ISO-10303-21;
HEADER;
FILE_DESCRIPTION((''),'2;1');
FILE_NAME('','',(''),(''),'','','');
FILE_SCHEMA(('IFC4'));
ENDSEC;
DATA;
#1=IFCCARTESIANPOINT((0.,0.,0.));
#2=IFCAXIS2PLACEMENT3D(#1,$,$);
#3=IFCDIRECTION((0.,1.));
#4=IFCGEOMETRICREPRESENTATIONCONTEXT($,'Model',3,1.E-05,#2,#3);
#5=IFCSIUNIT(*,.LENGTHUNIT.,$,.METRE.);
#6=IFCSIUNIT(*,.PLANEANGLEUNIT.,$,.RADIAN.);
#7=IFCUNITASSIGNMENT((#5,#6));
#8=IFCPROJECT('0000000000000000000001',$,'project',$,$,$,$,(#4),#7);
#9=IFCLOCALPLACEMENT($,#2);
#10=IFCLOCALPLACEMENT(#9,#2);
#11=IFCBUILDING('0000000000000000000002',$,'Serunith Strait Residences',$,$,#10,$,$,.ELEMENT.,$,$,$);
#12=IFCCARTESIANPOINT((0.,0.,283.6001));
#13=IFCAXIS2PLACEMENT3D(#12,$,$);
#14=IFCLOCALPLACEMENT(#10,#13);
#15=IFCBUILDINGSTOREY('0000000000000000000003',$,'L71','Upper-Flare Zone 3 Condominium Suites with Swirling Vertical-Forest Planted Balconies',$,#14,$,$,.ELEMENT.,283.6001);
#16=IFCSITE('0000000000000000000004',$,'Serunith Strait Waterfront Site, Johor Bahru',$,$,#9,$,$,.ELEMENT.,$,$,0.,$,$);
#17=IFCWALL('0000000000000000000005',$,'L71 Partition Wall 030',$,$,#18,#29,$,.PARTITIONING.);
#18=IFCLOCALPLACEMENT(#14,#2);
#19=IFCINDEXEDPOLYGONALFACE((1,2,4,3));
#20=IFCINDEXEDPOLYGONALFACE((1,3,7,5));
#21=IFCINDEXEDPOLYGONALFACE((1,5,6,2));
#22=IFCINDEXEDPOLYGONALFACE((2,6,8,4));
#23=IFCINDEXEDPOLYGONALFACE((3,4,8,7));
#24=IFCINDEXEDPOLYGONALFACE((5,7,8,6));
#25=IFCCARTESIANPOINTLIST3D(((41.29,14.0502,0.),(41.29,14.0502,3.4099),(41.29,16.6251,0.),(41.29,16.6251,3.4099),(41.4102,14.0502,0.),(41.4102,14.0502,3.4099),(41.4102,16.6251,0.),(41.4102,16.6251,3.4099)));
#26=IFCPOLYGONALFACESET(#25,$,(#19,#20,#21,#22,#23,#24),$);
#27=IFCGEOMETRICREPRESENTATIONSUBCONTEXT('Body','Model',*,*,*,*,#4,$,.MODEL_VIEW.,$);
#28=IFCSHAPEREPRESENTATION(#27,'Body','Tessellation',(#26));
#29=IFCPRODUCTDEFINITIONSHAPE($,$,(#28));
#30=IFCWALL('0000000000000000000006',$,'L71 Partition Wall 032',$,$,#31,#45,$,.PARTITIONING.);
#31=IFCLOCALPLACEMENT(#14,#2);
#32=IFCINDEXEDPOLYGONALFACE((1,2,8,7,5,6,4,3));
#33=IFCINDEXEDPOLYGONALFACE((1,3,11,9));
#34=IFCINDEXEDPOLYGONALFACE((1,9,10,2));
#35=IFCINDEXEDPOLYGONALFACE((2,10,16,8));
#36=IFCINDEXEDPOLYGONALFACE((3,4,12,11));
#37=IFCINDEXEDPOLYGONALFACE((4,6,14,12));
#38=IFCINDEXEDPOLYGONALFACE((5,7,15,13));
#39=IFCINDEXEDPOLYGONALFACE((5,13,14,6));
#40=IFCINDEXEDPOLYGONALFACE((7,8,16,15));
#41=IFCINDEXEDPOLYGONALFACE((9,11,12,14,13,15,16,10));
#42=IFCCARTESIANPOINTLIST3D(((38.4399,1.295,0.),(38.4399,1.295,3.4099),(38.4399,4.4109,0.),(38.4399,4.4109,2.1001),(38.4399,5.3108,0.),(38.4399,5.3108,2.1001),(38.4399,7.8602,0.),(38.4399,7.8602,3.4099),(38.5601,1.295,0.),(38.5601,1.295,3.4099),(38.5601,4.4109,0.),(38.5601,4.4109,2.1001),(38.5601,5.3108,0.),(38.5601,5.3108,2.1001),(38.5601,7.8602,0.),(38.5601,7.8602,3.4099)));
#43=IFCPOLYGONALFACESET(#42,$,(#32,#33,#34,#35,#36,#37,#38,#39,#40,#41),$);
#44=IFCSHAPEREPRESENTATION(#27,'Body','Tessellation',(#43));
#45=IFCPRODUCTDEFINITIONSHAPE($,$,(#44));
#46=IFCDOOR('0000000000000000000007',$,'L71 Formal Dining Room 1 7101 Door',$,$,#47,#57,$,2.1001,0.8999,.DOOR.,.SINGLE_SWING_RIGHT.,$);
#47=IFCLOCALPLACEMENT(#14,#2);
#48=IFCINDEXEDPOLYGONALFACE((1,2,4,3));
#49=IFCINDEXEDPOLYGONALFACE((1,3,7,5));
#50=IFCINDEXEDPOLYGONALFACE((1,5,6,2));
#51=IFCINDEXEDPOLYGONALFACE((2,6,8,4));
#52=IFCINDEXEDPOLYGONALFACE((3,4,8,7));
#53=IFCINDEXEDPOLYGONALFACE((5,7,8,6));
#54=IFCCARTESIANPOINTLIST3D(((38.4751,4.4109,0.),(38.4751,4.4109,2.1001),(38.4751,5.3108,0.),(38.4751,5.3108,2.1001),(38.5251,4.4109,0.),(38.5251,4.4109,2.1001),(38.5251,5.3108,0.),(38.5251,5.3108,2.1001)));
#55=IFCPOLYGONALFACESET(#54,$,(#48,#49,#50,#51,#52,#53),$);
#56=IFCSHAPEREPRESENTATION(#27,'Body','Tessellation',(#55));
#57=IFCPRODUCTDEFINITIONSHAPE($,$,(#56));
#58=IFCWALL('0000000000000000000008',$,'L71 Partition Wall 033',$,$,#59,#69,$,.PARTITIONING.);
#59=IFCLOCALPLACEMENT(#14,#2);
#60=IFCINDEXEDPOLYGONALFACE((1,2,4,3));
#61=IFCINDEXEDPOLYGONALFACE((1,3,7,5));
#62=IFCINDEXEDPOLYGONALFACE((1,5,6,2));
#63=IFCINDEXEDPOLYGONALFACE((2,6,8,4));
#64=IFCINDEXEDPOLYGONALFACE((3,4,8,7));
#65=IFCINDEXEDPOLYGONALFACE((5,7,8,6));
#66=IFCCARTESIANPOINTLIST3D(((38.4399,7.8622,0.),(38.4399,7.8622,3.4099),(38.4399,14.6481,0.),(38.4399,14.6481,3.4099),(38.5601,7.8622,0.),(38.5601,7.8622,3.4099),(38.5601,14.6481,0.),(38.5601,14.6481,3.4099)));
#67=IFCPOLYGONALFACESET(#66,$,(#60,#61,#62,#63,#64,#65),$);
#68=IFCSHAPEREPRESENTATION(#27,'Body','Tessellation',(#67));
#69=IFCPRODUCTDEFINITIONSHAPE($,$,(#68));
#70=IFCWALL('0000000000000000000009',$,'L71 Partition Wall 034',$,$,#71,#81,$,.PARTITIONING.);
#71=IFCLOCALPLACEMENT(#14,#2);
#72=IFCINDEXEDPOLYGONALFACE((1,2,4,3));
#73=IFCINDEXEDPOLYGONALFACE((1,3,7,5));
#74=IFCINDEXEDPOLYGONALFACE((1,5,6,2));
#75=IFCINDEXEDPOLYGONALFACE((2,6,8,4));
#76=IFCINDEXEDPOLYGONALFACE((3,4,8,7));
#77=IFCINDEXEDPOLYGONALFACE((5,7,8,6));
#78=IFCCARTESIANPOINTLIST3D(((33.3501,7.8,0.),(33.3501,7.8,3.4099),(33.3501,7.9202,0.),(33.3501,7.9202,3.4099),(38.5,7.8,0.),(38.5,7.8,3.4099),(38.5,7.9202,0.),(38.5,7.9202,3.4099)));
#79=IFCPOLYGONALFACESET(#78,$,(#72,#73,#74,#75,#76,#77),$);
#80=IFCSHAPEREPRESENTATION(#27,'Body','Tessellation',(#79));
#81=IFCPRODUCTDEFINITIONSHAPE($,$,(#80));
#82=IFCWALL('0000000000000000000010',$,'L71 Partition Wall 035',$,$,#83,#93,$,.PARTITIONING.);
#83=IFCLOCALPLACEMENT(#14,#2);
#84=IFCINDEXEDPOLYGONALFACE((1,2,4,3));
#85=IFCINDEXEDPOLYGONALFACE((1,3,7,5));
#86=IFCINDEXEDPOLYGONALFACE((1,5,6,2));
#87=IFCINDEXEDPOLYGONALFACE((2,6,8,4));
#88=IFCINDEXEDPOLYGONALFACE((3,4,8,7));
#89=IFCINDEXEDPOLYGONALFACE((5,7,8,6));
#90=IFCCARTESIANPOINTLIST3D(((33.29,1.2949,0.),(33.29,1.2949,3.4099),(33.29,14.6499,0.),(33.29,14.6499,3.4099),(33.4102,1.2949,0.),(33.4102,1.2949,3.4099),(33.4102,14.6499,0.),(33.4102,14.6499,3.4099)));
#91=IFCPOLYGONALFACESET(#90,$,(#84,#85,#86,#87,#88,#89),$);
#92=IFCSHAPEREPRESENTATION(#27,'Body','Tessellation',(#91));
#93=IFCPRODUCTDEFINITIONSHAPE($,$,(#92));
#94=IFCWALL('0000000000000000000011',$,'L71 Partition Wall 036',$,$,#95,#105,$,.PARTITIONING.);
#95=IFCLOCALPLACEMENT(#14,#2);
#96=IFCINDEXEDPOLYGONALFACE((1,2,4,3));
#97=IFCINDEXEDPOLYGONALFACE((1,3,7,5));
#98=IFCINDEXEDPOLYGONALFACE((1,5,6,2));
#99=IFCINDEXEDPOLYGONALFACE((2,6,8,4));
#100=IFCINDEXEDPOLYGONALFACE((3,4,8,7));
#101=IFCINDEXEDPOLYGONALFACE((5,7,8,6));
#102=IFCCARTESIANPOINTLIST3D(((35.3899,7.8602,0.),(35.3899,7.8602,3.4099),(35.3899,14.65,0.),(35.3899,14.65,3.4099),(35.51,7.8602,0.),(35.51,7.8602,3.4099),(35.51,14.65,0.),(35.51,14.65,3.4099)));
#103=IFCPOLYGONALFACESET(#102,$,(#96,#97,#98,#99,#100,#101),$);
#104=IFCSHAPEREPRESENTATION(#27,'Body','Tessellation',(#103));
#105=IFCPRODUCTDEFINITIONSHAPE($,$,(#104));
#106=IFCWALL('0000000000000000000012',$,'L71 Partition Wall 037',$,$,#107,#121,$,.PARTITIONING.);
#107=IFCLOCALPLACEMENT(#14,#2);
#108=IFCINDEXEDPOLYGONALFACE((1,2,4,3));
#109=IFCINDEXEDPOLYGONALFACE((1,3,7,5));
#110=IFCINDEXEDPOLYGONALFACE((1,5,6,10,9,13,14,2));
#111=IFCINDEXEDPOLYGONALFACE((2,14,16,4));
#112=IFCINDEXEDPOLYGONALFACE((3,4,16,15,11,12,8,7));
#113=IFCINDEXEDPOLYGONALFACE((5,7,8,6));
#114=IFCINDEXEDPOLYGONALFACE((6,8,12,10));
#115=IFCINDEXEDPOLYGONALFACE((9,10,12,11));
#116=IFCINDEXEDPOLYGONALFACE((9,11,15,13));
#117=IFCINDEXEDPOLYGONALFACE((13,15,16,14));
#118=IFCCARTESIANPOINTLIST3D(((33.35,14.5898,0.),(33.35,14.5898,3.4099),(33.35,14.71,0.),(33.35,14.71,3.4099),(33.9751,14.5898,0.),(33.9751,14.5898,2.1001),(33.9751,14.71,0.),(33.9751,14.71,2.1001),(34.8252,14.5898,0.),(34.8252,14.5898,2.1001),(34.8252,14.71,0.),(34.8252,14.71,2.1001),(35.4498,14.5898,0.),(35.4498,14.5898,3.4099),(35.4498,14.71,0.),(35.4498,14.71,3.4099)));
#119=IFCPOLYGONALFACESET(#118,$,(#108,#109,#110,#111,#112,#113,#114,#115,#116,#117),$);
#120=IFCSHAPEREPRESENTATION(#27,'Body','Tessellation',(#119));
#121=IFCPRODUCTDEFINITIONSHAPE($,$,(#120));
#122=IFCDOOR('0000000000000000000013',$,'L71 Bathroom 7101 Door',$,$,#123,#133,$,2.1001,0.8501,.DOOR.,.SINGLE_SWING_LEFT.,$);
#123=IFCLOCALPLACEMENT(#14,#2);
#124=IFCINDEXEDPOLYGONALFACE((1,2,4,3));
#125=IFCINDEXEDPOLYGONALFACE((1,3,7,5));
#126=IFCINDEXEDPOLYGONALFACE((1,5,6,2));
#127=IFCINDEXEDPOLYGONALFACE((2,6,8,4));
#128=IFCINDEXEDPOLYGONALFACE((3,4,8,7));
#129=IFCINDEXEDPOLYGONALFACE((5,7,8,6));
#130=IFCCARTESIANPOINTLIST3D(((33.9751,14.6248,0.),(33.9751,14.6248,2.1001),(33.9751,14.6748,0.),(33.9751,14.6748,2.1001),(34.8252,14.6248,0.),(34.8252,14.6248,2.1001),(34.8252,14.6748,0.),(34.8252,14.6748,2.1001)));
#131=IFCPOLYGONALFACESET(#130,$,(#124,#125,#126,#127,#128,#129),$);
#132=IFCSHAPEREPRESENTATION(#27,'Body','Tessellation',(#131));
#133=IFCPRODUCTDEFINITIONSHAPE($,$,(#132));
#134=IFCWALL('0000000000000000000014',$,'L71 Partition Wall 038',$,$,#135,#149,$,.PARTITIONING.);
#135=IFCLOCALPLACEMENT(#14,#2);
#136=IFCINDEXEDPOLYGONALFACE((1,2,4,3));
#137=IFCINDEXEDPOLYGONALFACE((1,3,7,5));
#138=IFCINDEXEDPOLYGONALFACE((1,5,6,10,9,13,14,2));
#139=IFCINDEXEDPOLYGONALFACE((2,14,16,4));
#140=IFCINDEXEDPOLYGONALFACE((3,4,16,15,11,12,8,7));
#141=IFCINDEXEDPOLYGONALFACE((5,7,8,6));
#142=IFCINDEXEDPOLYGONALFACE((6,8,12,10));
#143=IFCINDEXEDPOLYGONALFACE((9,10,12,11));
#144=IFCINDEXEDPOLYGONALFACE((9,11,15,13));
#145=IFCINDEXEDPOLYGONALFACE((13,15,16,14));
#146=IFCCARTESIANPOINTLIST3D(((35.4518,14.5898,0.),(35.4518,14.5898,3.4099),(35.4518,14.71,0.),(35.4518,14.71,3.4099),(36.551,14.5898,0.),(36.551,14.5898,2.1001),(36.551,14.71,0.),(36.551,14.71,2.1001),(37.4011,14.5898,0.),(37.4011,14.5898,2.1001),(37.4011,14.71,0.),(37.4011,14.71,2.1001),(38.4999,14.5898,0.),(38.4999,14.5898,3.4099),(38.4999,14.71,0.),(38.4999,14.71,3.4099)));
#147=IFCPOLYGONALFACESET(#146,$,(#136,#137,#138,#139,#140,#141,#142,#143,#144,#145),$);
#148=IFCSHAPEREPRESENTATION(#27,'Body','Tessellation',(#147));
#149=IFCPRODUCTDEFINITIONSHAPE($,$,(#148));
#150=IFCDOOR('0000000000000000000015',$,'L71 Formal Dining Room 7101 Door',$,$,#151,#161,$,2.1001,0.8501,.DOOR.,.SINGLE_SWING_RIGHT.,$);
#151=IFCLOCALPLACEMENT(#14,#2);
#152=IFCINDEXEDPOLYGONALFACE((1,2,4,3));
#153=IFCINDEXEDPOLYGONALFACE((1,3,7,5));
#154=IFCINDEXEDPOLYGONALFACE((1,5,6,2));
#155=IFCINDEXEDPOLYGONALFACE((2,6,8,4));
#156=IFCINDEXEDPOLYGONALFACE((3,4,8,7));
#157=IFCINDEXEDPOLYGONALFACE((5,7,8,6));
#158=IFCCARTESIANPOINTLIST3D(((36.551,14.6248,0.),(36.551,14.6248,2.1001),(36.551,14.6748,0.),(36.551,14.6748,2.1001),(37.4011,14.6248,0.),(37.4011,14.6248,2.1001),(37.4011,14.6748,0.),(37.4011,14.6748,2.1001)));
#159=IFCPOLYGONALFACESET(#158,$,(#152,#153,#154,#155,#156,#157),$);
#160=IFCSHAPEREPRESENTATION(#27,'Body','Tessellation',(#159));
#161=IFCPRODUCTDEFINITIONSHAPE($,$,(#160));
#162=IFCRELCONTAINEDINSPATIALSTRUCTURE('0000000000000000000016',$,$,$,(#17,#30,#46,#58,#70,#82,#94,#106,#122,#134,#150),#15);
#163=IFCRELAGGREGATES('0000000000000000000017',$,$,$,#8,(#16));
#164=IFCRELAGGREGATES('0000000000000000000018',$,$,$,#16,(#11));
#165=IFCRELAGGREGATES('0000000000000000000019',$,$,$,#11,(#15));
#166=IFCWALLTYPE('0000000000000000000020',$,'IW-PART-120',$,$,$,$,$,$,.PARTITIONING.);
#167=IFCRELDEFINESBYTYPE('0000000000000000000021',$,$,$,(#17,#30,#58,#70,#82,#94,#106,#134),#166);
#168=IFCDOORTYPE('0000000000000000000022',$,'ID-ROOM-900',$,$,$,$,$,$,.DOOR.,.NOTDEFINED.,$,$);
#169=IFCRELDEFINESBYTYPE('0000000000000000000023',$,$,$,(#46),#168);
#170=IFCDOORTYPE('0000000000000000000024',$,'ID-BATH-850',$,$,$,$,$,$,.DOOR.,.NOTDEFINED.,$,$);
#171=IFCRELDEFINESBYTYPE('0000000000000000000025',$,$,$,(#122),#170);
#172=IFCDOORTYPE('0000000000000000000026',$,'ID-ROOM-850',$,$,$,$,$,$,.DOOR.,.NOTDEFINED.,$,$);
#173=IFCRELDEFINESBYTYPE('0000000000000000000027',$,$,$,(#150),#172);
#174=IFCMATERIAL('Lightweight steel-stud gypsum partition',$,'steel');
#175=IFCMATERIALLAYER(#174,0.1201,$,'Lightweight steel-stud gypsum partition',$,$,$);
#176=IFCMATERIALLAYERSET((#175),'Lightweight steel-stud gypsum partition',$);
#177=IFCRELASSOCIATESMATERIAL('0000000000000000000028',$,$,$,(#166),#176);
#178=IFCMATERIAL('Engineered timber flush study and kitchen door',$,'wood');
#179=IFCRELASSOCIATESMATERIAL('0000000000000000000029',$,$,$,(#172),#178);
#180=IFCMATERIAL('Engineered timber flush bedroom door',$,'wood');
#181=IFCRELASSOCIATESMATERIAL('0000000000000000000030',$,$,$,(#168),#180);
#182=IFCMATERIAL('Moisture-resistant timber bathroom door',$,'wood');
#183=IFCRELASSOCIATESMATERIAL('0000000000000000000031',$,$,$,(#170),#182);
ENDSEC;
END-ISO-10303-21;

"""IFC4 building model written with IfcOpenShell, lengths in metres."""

from ifc_helpers import new_model, si_unit, direction, frame, frame_2d, origin, place, context, subcontext, project, spatial, rectangle, extrude, source, transform, mapped, material, layer, layer_set, type_object, element, fill, save


model = new_model("IFC4")

# Units and contexts
model_context = context("Model", 3, precision=1e-05, world=origin(), true_north=direction((0.0, 1.0)))
body_context = subcontext(model_context, "Body", "Model", "MODEL_VIEW")
ifc_project = project(units=[si_unit("LENGTHUNIT", "METRE"), si_unit("PLANEANGLEUNIT", "RADIAN")], contexts=[model_context])

# Site, building, storey
site_placement = place(None, origin())
site = spatial("IfcSite", under=ifc_project, at=site_placement, Name="Serunith Strait Waterfront Site, Johor Bahru", CompositionType="ELEMENT", RefElevation=0.0)
building_placement = place(site_placement, origin())
building = spatial("IfcBuilding", under=site, at=building_placement, Name="Serunith Strait Residences", CompositionType="ELEMENT")
storey_placement = place(building_placement, frame((0.0, 0.0, 283.6001)))
storey = spatial("IfcBuildingStorey", under=building, at=storey_placement, Name="L71", Description="Upper-Flare Zone 3 Condominium Suites with Swirling Vertical-Forest Planted Balconies", CompositionType="ELEMENT", Elevation=283.6001)

# Shared definitions
ifc_material_1 = material(Name="Lightweight steel-stud gypsum partition", Category="steel")
ifc_layer_1 = layer(ifc_material_1, 0.1201, Name="Lightweight steel-stud gypsum partition")
ifc_layer_set_1 = layer_set([ifc_layer_1], Name="Lightweight steel-stud gypsum partition")
wall_type = type_object("IfcWallType", Name="IW-PART-120", PredefinedType="PARTITIONING", material=ifc_layer_set_1)
ifc_material_2 = material(Name="Engineered timber flush study and kitchen door", Category="wood")
door_type_1 = type_object("IfcDoorType", Name="ID-ROOM-850", OperationType="NOTDEFINED", PredefinedType="DOOR", material=ifc_material_2)
shared_shape_1 = source(origin(), body_context, "Body", "SweptSolid", [
    extrude(rectangle(XDim=0.8501, YDim=2.1001, at=frame_2d((0.425, 1.05))), frame((0.0, 0.0249, 0.0), z_axis=(0.0, -1.0, 0.0), x_axis=(1.0, 0.0, 0.0)), (0.0, 0.0, 1.0), 0.05),
])

# Wall
wall_1_placement = place(storey_placement, frame((41.3501, 14.05, 0.0), z_axis=(0.0, 0.0, 1.0), x_axis=(0.0, 1.0, 0.0)))
element("IfcWall", 1, at=wall_1_placement, inside=storey, type_object=wall_type, Name="L71 Partition Wall 030", PredefinedType="PARTITIONING", context=body_context, shape_type="SweptSolid", body=[
    extrude(rectangle(XDim=2.575, YDim=0.1201, at=frame_2d((1.2876, 0.0))), origin(), (0.0, 0.0, 1.0), 3.4099),
])

# Wall, opening, door
wall_2_placement = place(storey_placement, frame((38.5, 1.2949, 0.0), z_axis=(0.0, 0.0, 1.0), x_axis=(0.0, 1.0, 0.0)))
wall_2 = element("IfcWall", 2, at=wall_2_placement, inside=storey, type_object=wall_type, Name="L71 Partition Wall 032", PredefinedType="PARTITIONING", context=body_context, shape_type="SweptSolid", body=[
    extrude(rectangle(XDim=6.5652, YDim=0.1201, at=frame_2d((3.2827, 0.0))), origin(), (0.0, 0.0, 1.0), 3.4099),
])
opening_1_placement = place(wall_2_placement, frame((3.116, 0.0, 0.0)))
opening_1 = element("IfcOpeningElement", 3, at=opening_1_placement, cuts=wall_2, PredefinedType="OPENING", context=body_context, shape_type="SweptSolid", body=[
    extrude(rectangle(XDim=0.8999, YDim=2.1001, at=frame_2d((0.45, 1.05))), frame((0.0, 0.0701, 0.0), z_axis=(0.0, -1.0, 0.0), x_axis=(1.0, 0.0, 0.0)), (0.0, 0.0, 1.0), 0.1401),
])
ifc_material_3 = material(Name="Engineered timber flush bedroom door", Category="wood")
door_type_2 = type_object("IfcDoorType", Name="ID-ROOM-900", OperationType="NOTDEFINED", PredefinedType="DOOR", material=ifc_material_3)
shared_shape_2 = source(origin(), body_context, "Body", "SweptSolid", [
    extrude(rectangle(XDim=0.8999, YDim=2.1001, at=frame_2d((0.45, 1.05))), frame((0.0, 0.0249, 0.0), z_axis=(0.0, -1.0, 0.0), x_axis=(1.0, 0.0, 0.0)), (0.0, 0.0, 1.0), 0.05),
])
door_1_placement = place(opening_1_placement, origin())
door_1 = element("IfcDoor", 4, at=door_1_placement, inside=storey, type_object=door_type_2, Name="L71 Formal Dining Room 1 7101 Door", OperationType="SINGLE_SWING_RIGHT", OverallHeight=2.1001, OverallWidth=0.8999, PredefinedType="DOOR", context=body_context, shape_type="MappedRepresentation", body=[
    mapped(shared_shape_2, transform((0.0, 0.0, 0.0), scale=1.0)),
])
fill(opening_1, door_1)

# Walls
wall_3_placement = place(storey_placement, frame((38.5, 7.8621, 0.0), z_axis=(0.0, 0.0, 1.0), x_axis=(0.0, 1.0, 0.0)))
element("IfcWall", 5, at=wall_3_placement, inside=storey, type_object=wall_type, Name="L71 Partition Wall 033", PredefinedType="PARTITIONING", context=body_context, shape_type="SweptSolid", body=[
    extrude(rectangle(XDim=6.7859, YDim=0.1201, at=frame_2d((3.3931, 0.0))), origin(), (0.0, 0.0, 1.0), 3.4099),
])
wall_4_placement = place(storey_placement, frame((33.3501, 7.8601, 0.0), z_axis=(0.0, 0.0, 1.0), x_axis=(1.0, 0.0, 0.0)))
element("IfcWall", 6, at=wall_4_placement, inside=storey, type_object=wall_type, Name="L71 Partition Wall 034", PredefinedType="PARTITIONING", context=body_context, shape_type="SweptSolid", body=[
    extrude(rectangle(XDim=5.1499, YDim=0.1201, at=frame_2d((2.575, 0.0))), origin(), (0.0, 0.0, 1.0), 3.4099),
])
wall_5_placement = place(storey_placement, frame((33.3501, 1.2949, 0.0), z_axis=(0.0, 0.0, 1.0), x_axis=(0.0, 1.0, 0.0)))
element("IfcWall", 7, at=wall_5_placement, inside=storey, type_object=wall_type, Name="L71 Partition Wall 035", PredefinedType="PARTITIONING", context=body_context, shape_type="SweptSolid", body=[
    extrude(rectangle(XDim=13.355, YDim=0.1201, at=frame_2d((6.6775, 0.0))), origin(), (0.0, 0.0, 1.0), 3.4099),
])
wall_6_placement = place(storey_placement, frame((35.45, 7.8601, 0.0), z_axis=(0.0, 0.0, 1.0), x_axis=(0.0, 1.0, 0.0)))
element("IfcWall", 8, at=wall_6_placement, inside=storey, type_object=wall_type, Name="L71 Partition Wall 036", PredefinedType="PARTITIONING", context=body_context, shape_type="SweptSolid", body=[
    extrude(rectangle(XDim=6.7898, YDim=0.1201, at=frame_2d((3.395, 0.0))), origin(), (0.0, 0.0, 1.0), 3.4099),
])

# Walls, openings, doors
wall_7_placement = place(storey_placement, frame((33.3501, 14.6499, 0.0), z_axis=(0.0, 0.0, 1.0), x_axis=(1.0, 0.0, 0.0)))
wall_7 = element("IfcWall", 9, at=wall_7_placement, inside=storey, type_object=wall_type, Name="L71 Partition Wall 037", PredefinedType="PARTITIONING", context=body_context, shape_type="SweptSolid", body=[
    extrude(rectangle(XDim=2.0999, YDim=0.1201, at=frame_2d((1.0498, 0.0))), origin(), (0.0, 0.0, 1.0), 3.4099),
])
opening_2_placement = place(wall_7_placement, frame((0.625, 0.0, 0.0)))
opening_2 = element("IfcOpeningElement", 10, at=opening_2_placement, cuts=wall_7, PredefinedType="OPENING", context=body_context, shape_type="SweptSolid", body=[
    extrude(rectangle(XDim=0.8501, YDim=2.1001, at=frame_2d((0.425, 1.05))), frame((0.0, 0.0701, 0.0), z_axis=(0.0, -1.0, 0.0), x_axis=(1.0, 0.0, 0.0)), (0.0, 0.0, 1.0), 0.1401),
])
ifc_material_4 = material(Name="Moisture-resistant timber bathroom door", Category="wood")
door_type_3 = type_object("IfcDoorType", Name="ID-BATH-850", OperationType="NOTDEFINED", PredefinedType="DOOR", material=ifc_material_4)
door_2_placement = place(opening_2_placement, origin())
door_2 = element("IfcDoor", 11, at=door_2_placement, inside=storey, type_object=door_type_3, Name="L71 Bathroom 7101 Door", OperationType="SINGLE_SWING_LEFT", OverallHeight=2.1001, OverallWidth=0.8501, PredefinedType="DOOR", context=body_context, shape_type="MappedRepresentation", body=[
    mapped(shared_shape_1, transform((0.0, 0.0, 0.0), scale=1.0)),
])
fill(opening_2, door_2)
wall_8_placement = place(storey_placement, frame((35.4519, 14.6499, 0.0), z_axis=(0.0, 0.0, 1.0), x_axis=(1.0, 0.0, 0.0)))
wall_8 = element("IfcWall", 12, at=wall_8_placement, inside=storey, type_object=wall_type, Name="L71 Partition Wall 038", PredefinedType="PARTITIONING", context=body_context, shape_type="SweptSolid", body=[
    extrude(rectangle(XDim=3.0481, YDim=0.1201, at=frame_2d((1.5239, 0.0))), origin(), (0.0, 0.0, 1.0), 3.4099),
])
opening_3_placement = place(wall_8_placement, frame((1.0991, 0.0, 0.0)))
opening_3 = element("IfcOpeningElement", 13, at=opening_3_placement, cuts=wall_8, PredefinedType="OPENING", context=body_context, shape_type="SweptSolid", body=[
    extrude(rectangle(XDim=0.8501, YDim=2.1001, at=frame_2d((0.425, 1.05))), frame((0.0, 0.0701, 0.0), z_axis=(0.0, -1.0, 0.0), x_axis=(1.0, 0.0, 0.0)), (0.0, 0.0, 1.0), 0.1401),
])
door_3_placement = place(opening_3_placement, origin())
door_3 = element("IfcDoor", 14, at=door_3_placement, inside=storey, type_object=door_type_1, Name="L71 Formal Dining Room 7101 Door", OperationType="SINGLE_SWING_RIGHT", OverallHeight=2.1001, OverallWidth=0.8501, PredefinedType="DOOR", context=body_context, shape_type="MappedRepresentation", body=[
    mapped(shared_shape_1, transform((0.0, 0.0, 0.0), scale=1.0)),
])
fill(opening_3, door_3)

save(model, "model.ifc")
